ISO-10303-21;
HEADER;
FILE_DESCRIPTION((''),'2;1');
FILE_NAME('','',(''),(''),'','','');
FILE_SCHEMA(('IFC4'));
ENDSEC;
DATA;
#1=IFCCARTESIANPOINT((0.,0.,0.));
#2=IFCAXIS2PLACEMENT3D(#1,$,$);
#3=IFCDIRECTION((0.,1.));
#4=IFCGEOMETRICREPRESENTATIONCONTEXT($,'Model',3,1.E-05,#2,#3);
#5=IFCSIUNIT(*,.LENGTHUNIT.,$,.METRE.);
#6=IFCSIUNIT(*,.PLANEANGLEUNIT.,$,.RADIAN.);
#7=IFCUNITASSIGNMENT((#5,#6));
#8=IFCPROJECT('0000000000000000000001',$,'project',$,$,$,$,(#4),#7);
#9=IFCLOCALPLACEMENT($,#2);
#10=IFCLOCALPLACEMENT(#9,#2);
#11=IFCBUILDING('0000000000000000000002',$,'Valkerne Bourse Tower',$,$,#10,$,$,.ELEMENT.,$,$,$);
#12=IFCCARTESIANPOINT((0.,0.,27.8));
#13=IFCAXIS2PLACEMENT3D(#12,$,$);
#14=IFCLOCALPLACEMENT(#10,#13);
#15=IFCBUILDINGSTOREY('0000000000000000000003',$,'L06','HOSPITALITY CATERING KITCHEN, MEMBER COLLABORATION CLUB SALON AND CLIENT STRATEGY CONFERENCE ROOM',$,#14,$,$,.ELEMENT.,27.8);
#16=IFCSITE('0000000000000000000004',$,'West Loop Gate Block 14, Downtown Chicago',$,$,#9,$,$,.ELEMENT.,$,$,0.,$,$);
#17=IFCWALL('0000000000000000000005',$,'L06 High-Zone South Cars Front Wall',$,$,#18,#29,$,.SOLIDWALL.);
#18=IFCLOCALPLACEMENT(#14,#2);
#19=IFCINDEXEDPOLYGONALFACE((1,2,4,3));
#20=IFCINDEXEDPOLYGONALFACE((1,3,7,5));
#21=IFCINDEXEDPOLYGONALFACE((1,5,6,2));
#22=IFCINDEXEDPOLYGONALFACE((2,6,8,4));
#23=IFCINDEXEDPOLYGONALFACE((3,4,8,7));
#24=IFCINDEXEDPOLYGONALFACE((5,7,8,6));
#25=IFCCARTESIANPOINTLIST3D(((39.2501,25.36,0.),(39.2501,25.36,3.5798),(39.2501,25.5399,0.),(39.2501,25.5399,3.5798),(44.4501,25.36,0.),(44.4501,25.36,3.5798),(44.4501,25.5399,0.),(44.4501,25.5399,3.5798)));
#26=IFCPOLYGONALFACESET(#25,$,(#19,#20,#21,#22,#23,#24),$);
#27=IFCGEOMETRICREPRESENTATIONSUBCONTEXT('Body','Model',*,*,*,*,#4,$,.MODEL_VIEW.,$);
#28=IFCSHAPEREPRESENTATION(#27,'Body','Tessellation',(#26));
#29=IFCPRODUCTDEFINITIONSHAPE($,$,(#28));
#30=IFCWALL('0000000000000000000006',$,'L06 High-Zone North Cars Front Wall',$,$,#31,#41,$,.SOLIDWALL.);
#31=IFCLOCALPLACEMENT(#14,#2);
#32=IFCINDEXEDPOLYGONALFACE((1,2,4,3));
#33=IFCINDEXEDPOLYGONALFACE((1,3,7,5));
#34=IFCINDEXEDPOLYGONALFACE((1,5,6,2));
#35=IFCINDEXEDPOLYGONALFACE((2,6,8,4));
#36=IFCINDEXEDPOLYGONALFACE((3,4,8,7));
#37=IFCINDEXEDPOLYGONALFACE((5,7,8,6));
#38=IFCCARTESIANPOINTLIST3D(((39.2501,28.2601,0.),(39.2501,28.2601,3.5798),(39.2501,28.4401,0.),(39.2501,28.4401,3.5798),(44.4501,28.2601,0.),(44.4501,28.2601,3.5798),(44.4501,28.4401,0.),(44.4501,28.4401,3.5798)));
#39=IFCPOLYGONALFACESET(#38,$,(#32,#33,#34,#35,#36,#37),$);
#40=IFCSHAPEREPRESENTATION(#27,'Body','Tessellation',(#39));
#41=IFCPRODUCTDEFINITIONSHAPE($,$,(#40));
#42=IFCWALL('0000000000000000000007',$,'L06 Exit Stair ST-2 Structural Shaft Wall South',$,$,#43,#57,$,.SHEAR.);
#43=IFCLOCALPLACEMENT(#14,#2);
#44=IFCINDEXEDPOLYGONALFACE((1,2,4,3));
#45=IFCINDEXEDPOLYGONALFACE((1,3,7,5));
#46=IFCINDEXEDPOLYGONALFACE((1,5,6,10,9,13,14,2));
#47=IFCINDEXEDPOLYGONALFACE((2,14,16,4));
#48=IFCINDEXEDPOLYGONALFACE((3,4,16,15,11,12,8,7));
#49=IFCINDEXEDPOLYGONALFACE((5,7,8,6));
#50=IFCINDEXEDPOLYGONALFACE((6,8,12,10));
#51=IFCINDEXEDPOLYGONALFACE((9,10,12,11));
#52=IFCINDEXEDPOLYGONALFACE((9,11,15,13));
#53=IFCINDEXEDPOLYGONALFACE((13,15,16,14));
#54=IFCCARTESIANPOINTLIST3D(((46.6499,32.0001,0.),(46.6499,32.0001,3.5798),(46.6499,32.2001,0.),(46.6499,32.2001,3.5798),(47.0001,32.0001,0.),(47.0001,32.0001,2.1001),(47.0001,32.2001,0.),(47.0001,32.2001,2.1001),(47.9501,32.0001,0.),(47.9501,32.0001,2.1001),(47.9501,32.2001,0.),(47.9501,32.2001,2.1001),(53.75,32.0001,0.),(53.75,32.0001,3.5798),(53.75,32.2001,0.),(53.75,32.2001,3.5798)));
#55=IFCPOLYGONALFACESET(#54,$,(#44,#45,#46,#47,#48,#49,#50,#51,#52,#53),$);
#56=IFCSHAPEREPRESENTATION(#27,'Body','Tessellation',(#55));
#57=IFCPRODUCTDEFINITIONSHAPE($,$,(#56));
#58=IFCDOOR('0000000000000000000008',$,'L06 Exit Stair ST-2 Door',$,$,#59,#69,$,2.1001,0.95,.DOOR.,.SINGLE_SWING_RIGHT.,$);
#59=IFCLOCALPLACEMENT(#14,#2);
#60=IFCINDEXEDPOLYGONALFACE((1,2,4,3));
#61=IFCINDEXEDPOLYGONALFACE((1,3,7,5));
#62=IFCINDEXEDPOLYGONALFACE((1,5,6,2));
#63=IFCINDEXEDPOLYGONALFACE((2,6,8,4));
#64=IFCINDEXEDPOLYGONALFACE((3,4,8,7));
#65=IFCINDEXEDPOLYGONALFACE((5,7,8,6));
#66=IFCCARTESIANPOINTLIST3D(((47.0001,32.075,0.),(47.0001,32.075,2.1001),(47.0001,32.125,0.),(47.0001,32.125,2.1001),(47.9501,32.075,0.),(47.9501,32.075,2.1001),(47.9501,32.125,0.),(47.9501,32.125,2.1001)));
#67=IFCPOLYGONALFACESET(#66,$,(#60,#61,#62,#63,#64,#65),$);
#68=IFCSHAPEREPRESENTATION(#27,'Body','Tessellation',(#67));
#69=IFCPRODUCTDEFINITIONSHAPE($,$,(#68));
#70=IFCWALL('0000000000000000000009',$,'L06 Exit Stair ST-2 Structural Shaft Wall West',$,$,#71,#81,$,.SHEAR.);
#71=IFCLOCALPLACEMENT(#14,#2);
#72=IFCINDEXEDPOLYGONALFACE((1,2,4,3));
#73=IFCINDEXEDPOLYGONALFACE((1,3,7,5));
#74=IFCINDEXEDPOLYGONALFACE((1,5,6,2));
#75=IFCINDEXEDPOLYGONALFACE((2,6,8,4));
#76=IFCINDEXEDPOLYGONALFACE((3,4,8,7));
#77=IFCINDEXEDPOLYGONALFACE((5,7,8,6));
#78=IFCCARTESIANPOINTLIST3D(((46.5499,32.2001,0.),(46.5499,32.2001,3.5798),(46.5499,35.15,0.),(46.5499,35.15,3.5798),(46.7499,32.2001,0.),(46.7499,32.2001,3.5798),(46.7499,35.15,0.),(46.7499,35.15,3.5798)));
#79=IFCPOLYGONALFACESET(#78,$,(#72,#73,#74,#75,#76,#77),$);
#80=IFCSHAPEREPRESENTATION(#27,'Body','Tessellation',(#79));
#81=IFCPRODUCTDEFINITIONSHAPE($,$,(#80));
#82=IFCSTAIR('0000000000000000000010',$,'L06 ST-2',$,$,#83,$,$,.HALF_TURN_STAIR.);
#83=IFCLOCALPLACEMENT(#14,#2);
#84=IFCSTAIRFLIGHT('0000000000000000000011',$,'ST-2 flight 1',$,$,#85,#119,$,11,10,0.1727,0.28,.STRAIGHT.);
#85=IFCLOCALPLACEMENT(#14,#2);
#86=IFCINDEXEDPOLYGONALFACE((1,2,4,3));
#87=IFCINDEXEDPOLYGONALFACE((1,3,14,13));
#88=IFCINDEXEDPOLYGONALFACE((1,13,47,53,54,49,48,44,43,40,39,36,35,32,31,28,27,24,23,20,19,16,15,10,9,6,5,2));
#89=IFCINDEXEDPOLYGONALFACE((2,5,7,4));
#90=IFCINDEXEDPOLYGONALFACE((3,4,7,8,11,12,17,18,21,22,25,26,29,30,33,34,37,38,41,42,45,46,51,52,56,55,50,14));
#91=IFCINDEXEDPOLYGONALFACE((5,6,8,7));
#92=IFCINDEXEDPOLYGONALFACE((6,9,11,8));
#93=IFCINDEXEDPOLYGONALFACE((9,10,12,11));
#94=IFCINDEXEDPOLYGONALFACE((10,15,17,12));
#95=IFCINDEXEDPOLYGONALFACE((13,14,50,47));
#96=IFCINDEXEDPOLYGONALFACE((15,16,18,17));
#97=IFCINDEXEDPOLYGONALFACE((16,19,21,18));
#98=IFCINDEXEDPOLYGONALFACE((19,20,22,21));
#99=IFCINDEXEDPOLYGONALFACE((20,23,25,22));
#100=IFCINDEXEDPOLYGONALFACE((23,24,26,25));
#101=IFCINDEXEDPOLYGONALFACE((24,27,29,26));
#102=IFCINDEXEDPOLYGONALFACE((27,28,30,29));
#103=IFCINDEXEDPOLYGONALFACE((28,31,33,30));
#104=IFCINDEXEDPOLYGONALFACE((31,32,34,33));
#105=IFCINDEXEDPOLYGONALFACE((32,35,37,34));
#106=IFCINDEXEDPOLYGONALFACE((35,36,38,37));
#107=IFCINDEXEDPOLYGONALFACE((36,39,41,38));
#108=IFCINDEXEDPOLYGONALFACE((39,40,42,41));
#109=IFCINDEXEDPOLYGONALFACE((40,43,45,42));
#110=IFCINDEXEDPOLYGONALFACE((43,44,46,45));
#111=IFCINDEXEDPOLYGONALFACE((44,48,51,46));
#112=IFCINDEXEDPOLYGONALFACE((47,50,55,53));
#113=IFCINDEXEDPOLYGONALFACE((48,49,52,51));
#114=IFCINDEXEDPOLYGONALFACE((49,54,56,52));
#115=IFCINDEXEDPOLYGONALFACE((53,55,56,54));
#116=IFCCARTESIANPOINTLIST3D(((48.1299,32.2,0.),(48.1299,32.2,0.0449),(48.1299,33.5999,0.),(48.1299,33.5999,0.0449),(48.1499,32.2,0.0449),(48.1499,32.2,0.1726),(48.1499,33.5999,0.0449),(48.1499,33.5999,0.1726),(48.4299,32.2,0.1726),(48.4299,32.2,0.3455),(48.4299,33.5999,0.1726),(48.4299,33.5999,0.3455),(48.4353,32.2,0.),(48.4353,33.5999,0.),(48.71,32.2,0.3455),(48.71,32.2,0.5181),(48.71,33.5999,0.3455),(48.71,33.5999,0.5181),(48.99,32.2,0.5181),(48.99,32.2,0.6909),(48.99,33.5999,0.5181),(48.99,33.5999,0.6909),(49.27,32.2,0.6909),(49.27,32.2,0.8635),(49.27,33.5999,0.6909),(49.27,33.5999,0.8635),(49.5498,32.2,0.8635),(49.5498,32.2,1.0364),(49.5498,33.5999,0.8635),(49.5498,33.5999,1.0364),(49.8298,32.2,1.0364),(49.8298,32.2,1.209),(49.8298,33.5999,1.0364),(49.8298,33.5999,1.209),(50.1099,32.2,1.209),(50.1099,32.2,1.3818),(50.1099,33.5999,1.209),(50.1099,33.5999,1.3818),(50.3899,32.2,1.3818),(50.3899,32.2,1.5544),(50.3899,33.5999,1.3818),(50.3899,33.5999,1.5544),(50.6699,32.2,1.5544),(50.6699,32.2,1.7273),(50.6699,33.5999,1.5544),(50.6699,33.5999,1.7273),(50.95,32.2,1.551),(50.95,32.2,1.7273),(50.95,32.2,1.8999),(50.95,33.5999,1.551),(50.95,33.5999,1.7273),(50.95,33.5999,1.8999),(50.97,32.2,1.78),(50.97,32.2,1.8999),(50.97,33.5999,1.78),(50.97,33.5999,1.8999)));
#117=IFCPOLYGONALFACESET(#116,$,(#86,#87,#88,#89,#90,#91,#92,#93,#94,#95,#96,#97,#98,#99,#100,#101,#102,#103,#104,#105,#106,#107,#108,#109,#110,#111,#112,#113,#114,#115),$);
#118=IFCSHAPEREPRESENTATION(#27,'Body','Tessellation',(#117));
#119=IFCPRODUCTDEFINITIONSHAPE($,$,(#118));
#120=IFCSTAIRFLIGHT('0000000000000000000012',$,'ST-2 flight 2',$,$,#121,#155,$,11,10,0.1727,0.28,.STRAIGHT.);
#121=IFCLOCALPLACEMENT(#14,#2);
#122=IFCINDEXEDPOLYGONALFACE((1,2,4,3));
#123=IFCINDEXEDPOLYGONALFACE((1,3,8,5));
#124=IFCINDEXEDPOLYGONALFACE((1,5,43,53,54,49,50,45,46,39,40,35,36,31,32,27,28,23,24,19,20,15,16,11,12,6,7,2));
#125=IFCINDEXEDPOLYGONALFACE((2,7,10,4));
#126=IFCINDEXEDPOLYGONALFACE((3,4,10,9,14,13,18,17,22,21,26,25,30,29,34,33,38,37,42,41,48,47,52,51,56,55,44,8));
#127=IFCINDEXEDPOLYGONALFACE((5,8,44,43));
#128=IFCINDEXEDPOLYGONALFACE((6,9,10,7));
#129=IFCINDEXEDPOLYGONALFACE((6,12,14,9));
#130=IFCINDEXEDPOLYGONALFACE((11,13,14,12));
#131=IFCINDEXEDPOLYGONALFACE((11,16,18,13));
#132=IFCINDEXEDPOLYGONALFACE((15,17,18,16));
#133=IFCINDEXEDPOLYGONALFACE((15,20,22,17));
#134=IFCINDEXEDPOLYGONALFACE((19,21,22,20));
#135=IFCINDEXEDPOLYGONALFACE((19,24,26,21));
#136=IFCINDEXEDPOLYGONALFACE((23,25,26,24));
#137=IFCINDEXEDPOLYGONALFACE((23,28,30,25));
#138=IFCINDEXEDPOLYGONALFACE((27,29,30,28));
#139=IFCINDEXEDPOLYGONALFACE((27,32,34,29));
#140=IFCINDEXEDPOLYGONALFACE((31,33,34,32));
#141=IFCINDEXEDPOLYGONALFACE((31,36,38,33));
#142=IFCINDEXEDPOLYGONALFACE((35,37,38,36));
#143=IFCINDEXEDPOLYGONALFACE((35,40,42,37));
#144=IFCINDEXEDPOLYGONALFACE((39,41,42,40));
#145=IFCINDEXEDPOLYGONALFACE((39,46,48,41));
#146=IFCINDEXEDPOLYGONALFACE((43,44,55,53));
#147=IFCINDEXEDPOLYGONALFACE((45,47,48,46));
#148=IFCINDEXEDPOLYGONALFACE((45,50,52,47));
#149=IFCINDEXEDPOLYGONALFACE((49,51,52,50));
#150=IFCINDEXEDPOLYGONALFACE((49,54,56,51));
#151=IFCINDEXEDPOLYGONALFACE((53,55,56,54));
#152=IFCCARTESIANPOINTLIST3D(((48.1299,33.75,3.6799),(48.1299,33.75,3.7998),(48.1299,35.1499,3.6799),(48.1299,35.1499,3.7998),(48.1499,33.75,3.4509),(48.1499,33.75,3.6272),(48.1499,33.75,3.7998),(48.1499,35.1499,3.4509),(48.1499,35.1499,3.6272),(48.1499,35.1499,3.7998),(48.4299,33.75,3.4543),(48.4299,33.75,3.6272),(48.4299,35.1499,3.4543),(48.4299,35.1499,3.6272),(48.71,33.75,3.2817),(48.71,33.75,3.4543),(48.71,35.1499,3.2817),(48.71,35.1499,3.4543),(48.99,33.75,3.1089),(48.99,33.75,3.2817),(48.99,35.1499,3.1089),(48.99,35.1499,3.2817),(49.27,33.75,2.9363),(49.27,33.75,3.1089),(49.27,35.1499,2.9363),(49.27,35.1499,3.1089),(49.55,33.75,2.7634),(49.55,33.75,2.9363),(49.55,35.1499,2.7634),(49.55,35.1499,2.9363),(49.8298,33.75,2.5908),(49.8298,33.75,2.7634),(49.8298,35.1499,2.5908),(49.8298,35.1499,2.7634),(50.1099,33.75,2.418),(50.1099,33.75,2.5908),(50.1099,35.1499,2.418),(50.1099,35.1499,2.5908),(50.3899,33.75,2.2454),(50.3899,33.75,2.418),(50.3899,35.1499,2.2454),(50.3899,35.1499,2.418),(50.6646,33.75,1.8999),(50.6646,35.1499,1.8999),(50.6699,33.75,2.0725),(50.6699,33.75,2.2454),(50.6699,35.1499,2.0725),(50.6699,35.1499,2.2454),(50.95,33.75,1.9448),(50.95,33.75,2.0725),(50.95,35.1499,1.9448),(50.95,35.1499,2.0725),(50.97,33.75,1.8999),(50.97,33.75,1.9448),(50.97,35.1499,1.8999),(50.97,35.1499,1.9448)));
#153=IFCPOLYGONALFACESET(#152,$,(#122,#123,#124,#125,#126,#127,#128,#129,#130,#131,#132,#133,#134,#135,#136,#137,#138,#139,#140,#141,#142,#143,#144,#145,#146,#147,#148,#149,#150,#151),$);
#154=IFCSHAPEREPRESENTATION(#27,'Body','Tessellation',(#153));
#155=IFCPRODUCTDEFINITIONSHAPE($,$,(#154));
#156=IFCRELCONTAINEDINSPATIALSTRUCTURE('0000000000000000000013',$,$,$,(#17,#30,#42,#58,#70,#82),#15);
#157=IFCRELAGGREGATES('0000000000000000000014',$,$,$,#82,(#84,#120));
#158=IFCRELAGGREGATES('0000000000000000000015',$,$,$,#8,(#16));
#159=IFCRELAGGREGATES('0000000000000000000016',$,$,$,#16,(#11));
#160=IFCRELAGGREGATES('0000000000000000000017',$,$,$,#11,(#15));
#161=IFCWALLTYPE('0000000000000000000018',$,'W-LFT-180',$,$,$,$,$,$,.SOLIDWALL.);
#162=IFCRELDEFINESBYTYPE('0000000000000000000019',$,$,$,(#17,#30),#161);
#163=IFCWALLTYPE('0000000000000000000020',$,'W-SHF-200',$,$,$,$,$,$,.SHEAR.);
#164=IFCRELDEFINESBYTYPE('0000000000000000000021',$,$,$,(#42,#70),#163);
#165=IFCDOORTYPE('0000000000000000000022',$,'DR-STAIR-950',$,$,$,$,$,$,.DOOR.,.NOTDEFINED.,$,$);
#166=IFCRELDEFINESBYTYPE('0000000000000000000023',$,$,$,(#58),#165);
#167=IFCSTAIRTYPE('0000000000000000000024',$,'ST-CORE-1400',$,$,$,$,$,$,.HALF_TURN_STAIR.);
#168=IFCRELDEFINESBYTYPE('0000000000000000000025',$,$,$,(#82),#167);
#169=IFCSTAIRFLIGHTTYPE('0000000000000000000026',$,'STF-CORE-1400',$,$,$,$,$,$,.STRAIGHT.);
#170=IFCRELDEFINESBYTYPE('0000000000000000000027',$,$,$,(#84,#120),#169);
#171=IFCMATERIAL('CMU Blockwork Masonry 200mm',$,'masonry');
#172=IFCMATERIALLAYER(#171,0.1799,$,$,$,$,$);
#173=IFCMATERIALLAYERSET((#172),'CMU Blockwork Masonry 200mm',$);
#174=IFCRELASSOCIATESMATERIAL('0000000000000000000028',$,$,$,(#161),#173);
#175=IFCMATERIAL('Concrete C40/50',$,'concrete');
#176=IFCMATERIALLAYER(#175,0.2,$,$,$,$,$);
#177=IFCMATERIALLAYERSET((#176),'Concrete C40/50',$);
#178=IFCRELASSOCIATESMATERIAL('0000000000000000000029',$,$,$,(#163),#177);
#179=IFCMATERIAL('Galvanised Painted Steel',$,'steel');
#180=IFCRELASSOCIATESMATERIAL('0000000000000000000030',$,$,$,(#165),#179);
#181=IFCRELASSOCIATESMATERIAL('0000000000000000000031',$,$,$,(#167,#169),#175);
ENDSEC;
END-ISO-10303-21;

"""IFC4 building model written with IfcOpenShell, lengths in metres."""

from ifc_helpers import new_model, si_unit, direction, frame, frame_2d, origin, place, context, subcontext, project, spatial, polyline, rectangle, outline, extrude, material, layer, layer_set, type_object, element, fill, aggregate, save


model = new_model("IFC4")

# Units and contexts
model_context = context("Model", 3, precision=1e-05, world=origin(), true_north=direction((0.0, 1.0)))
body_context = subcontext(model_context, "Body", "Model", "MODEL_VIEW")
ifc_project = project(units=[si_unit("LENGTHUNIT", "METRE"), si_unit("PLANEANGLEUNIT", "RADIAN")], contexts=[model_context])

# Site, building, storey
site_placement = place(None, origin())
site = spatial("IfcSite", under=ifc_project, at=site_placement, Name="West Loop Gate Block 14, Downtown Chicago", CompositionType="ELEMENT", RefElevation=0.0)
building_placement = place(site_placement, origin())
building = spatial("IfcBuilding", under=site, at=building_placement, Name="Valkerne Bourse Tower", CompositionType="ELEMENT")
storey_placement = place(building_placement, frame((0.0, 0.0, 27.8)))
storey = spatial("IfcBuildingStorey", under=building, at=storey_placement, Name="L06", Description="HOSPITALITY CATERING KITCHEN, MEMBER COLLABORATION CLUB SALON AND CLIENT STRATEGY CONFERENCE ROOM", CompositionType="ELEMENT", Elevation=27.8)

# Shared definitions
ifc_material_1 = material(Name="Galvanised Painted Steel", Category="steel")

# Walls
ifc_material_2 = material(Name="CMU Blockwork Masonry 200mm", Category="masonry")
ifc_layer_1 = layer(ifc_material_2, 0.1799)
ifc_layer_set_1 = layer_set([ifc_layer_1], Name="CMU Blockwork Masonry 200mm")
wall_type_1 = type_object("IfcWallType", Name="W-LFT-180", PredefinedType="SOLIDWALL", material=ifc_layer_set_1)
for number, where, z_axis, x_axis, name in (
    (1, (39.25, 25.45, 0.0), (0.0, 0.0, 1.0), (1.0, 0.0, 0.0), "L06 High-Zone South Cars Front Wall"),
    (2, (39.25, 28.3501, 0.0), (0.0, 0.0, 1.0), (1.0, 0.0, 0.0), "L06 High-Zone North Cars Front Wall"),
):
    element("IfcWall", number, at=place(storey_placement, frame(where, z_axis=z_axis, x_axis=x_axis)), inside=storey, type_object=wall_type_1, Name=name, PredefinedType="SOLIDWALL", context=body_context, shape_type="SweptSolid", body=[
        extrude(rectangle(XDim=5.2, YDim=0.1799, at=frame_2d((2.6001, 0.0))), origin(), (0.0, 0.0, 1.0), 3.5798),
    ])

# Wall, opening, door
ifc_material_3 = material(Name="Concrete C40/50", Category="concrete")
ifc_layer_2 = layer(ifc_material_3, 0.2)
ifc_layer_set_2 = layer_set([ifc_layer_2], Name="Concrete C40/50")
wall_type_2 = type_object("IfcWallType", Name="W-SHF-200", PredefinedType="SHEAR", material=ifc_layer_set_2)
wall_1_placement = place(storey_placement, frame((46.6499, 32.1001, 0.0), z_axis=(0.0, 0.0, 1.0), x_axis=(1.0, 0.0, 0.0)))
wall_1 = element("IfcWall", 3, at=wall_1_placement, inside=storey, type_object=wall_type_2, Name="L06 Exit Stair ST-2 Structural Shaft Wall South", PredefinedType="SHEAR", context=body_context, shape_type="SweptSolid", body=[
    extrude(rectangle(XDim=7.1001, YDim=0.2, at=frame_2d((3.55, 0.0))), origin(), (0.0, 0.0, 1.0), 3.5798),
])
opening_1_placement = place(wall_1_placement, frame((0.3501, 0.0, 0.0)))
opening_1 = element("IfcOpeningElement", 4, at=opening_1_placement, cuts=wall_1, PredefinedType="OPENING", context=body_context, shape_type="SweptSolid", body=[
    extrude(rectangle(XDim=0.95, YDim=2.1001, at=frame_2d((0.4751, 1.05))), frame((0.0, 0.1099, 0.0), z_axis=(0.0, -1.0, 0.0), x_axis=(1.0, 0.0, 0.0)), (0.0, 0.0, 1.0), 0.22),
])
door_type_1 = type_object("IfcDoorType", Name="DR-STAIR-950", OperationType="NOTDEFINED", PredefinedType="DOOR", material=ifc_material_1)
door_1_placement = place(opening_1_placement, origin())
door_1 = element("IfcDoor", 5, at=door_1_placement, inside=storey, type_object=door_type_1, Name="L06 Exit Stair ST-2 Door", OperationType="SINGLE_SWING_RIGHT", OverallHeight=2.1001, OverallWidth=0.95, PredefinedType="DOOR", context=body_context, shape_type="SweptSolid", body=[
    extrude(rectangle(XDim=0.95, YDim=2.1001, at=frame_2d((0.4751, 1.05))), frame((0.0, 0.0249, 0.0), z_axis=(0.0, -1.0, 0.0), x_axis=(1.0, 0.0, 0.0)), (0.0, 0.0, 1.0), 0.05),
])
fill(opening_1, door_1)

# Wall
wall_2_placement = place(storey_placement, frame((46.6499, 32.2, 0.0), z_axis=(0.0, 0.0, 1.0), x_axis=(0.0, 1.0, 0.0)))
element("IfcWall", 6, at=wall_2_placement, inside=storey, type_object=wall_type_2, Name="L06 Exit Stair ST-2 Structural Shaft Wall West", PredefinedType="SHEAR", context=body_context, shape_type="SweptSolid", body=[
    extrude(rectangle(XDim=2.95, YDim=0.2, at=frame_2d((1.4751, 0.0))), origin(), (0.0, 0.0, 1.0), 3.5798),
])

# Stair, stair flights
stair_type = type_object("IfcStairType", Name="ST-CORE-1400", PredefinedType="HALF_TURN_STAIR", material=ifc_material_3)
stair_placement = place(storey_placement, origin())
stair = element("IfcStair", 7, at=stair_placement, inside=storey, type_object=stair_type, Name="L06 ST-2", PredefinedType="HALF_TURN_STAIR")
stair_flight_type = type_object("IfcStairFlightType", Name="STF-CORE-1400", PredefinedType="STRAIGHT", material=ifc_material_3)
stair_flight_1_placement = place(storey_placement, frame((48.1499, 32.8999, 0.0), z_axis=(0.0, 0.0, 1.0), x_axis=(1.0, 0.0, 0.0)))
stair_flight_1 = element("IfcStairFlight", 8, at=stair_flight_1_placement, type_object=stair_flight_type, Name="ST-2 flight 1", NumberOfRisers=11, NumberOfTreads=10, PredefinedType="STRAIGHT", RiserHeight=0.1727, TreadLength=0.28, context=body_context, shape_type="SweptSolid", body=[
    extrude(outline(polyline([(-0.02, 0.0), (-0.02, 0.0449), (0.0, 0.0449), (0.0, 0.1726), (0.28, 0.1726), (0.28, 0.3455), (0.5601, 0.3455), (0.5601, 0.5181), (0.8401, 0.5181), (0.8401, 0.6909), (1.1201, 0.6909), (1.1201, 0.8635), (1.3999, 0.8635), (1.3999, 1.0364), (1.6799, 1.0364), (1.6799, 1.209), (1.96, 1.209), (1.96, 1.3818), (2.24, 1.3818), (2.24, 1.5544), (2.52, 1.5544), (2.52, 1.7273), (2.8, 1.7273), (2.8, 1.8999), (2.8201, 1.8999), (2.8201, 1.78), (2.8, 1.551), (0.2854, 0.0), (-0.02, 0.0)])), frame((0.0, 0.7, 0.0), z_axis=(0.0, -1.0, 0.0), x_axis=(1.0, 0.0, 0.0)), (0.0, 0.0, 1.0), 1.3999),
])
stair_flight_2_placement = place(storey_placement, frame((50.95, 34.45, 1.8999), z_axis=(0.0, 0.0, 1.0), x_axis=(-1.0, 0.0, 0.0)))
stair_flight_2 = element("IfcStairFlight", 9, at=stair_flight_2_placement, type_object=stair_flight_type, Name="ST-2 flight 2", NumberOfRisers=11, NumberOfTreads=10, PredefinedType="STRAIGHT", RiserHeight=0.1727, TreadLength=0.28, context=body_context, shape_type="SweptSolid", body=[
    extrude(outline(polyline([(-0.02, 0.0), (-0.02, 0.0449), (0.0, 0.0449), (0.0, 0.1726), (0.28, 0.1726), (0.28, 0.3455), (0.5601, 0.3455), (0.5601, 0.5181), (0.8401, 0.5181), (0.8401, 0.6909), (1.1201, 0.6909), (1.1201, 0.8635), (1.3999, 0.8635), (1.3999, 1.0364), (1.6799, 1.0364), (1.6799, 1.209), (1.96, 1.209), (1.96, 1.3818), (2.24, 1.3818), (2.24, 1.5544), (2.52, 1.5544), (2.52, 1.7273), (2.8, 1.7273), (2.8, 1.8999), (2.8201, 1.8999), (2.8201, 1.78), (2.8, 1.551), (0.2854, 0.0), (-0.02, 0.0)])), frame((0.0, 0.7, 0.0), z_axis=(0.0, -1.0, 0.0), x_axis=(1.0, 0.0, 0.0)), (0.0, 0.0, 1.0), 1.3999),
])
aggregate(stair, [stair_flight_1, stair_flight_2])

save(model, "model.ifc")
